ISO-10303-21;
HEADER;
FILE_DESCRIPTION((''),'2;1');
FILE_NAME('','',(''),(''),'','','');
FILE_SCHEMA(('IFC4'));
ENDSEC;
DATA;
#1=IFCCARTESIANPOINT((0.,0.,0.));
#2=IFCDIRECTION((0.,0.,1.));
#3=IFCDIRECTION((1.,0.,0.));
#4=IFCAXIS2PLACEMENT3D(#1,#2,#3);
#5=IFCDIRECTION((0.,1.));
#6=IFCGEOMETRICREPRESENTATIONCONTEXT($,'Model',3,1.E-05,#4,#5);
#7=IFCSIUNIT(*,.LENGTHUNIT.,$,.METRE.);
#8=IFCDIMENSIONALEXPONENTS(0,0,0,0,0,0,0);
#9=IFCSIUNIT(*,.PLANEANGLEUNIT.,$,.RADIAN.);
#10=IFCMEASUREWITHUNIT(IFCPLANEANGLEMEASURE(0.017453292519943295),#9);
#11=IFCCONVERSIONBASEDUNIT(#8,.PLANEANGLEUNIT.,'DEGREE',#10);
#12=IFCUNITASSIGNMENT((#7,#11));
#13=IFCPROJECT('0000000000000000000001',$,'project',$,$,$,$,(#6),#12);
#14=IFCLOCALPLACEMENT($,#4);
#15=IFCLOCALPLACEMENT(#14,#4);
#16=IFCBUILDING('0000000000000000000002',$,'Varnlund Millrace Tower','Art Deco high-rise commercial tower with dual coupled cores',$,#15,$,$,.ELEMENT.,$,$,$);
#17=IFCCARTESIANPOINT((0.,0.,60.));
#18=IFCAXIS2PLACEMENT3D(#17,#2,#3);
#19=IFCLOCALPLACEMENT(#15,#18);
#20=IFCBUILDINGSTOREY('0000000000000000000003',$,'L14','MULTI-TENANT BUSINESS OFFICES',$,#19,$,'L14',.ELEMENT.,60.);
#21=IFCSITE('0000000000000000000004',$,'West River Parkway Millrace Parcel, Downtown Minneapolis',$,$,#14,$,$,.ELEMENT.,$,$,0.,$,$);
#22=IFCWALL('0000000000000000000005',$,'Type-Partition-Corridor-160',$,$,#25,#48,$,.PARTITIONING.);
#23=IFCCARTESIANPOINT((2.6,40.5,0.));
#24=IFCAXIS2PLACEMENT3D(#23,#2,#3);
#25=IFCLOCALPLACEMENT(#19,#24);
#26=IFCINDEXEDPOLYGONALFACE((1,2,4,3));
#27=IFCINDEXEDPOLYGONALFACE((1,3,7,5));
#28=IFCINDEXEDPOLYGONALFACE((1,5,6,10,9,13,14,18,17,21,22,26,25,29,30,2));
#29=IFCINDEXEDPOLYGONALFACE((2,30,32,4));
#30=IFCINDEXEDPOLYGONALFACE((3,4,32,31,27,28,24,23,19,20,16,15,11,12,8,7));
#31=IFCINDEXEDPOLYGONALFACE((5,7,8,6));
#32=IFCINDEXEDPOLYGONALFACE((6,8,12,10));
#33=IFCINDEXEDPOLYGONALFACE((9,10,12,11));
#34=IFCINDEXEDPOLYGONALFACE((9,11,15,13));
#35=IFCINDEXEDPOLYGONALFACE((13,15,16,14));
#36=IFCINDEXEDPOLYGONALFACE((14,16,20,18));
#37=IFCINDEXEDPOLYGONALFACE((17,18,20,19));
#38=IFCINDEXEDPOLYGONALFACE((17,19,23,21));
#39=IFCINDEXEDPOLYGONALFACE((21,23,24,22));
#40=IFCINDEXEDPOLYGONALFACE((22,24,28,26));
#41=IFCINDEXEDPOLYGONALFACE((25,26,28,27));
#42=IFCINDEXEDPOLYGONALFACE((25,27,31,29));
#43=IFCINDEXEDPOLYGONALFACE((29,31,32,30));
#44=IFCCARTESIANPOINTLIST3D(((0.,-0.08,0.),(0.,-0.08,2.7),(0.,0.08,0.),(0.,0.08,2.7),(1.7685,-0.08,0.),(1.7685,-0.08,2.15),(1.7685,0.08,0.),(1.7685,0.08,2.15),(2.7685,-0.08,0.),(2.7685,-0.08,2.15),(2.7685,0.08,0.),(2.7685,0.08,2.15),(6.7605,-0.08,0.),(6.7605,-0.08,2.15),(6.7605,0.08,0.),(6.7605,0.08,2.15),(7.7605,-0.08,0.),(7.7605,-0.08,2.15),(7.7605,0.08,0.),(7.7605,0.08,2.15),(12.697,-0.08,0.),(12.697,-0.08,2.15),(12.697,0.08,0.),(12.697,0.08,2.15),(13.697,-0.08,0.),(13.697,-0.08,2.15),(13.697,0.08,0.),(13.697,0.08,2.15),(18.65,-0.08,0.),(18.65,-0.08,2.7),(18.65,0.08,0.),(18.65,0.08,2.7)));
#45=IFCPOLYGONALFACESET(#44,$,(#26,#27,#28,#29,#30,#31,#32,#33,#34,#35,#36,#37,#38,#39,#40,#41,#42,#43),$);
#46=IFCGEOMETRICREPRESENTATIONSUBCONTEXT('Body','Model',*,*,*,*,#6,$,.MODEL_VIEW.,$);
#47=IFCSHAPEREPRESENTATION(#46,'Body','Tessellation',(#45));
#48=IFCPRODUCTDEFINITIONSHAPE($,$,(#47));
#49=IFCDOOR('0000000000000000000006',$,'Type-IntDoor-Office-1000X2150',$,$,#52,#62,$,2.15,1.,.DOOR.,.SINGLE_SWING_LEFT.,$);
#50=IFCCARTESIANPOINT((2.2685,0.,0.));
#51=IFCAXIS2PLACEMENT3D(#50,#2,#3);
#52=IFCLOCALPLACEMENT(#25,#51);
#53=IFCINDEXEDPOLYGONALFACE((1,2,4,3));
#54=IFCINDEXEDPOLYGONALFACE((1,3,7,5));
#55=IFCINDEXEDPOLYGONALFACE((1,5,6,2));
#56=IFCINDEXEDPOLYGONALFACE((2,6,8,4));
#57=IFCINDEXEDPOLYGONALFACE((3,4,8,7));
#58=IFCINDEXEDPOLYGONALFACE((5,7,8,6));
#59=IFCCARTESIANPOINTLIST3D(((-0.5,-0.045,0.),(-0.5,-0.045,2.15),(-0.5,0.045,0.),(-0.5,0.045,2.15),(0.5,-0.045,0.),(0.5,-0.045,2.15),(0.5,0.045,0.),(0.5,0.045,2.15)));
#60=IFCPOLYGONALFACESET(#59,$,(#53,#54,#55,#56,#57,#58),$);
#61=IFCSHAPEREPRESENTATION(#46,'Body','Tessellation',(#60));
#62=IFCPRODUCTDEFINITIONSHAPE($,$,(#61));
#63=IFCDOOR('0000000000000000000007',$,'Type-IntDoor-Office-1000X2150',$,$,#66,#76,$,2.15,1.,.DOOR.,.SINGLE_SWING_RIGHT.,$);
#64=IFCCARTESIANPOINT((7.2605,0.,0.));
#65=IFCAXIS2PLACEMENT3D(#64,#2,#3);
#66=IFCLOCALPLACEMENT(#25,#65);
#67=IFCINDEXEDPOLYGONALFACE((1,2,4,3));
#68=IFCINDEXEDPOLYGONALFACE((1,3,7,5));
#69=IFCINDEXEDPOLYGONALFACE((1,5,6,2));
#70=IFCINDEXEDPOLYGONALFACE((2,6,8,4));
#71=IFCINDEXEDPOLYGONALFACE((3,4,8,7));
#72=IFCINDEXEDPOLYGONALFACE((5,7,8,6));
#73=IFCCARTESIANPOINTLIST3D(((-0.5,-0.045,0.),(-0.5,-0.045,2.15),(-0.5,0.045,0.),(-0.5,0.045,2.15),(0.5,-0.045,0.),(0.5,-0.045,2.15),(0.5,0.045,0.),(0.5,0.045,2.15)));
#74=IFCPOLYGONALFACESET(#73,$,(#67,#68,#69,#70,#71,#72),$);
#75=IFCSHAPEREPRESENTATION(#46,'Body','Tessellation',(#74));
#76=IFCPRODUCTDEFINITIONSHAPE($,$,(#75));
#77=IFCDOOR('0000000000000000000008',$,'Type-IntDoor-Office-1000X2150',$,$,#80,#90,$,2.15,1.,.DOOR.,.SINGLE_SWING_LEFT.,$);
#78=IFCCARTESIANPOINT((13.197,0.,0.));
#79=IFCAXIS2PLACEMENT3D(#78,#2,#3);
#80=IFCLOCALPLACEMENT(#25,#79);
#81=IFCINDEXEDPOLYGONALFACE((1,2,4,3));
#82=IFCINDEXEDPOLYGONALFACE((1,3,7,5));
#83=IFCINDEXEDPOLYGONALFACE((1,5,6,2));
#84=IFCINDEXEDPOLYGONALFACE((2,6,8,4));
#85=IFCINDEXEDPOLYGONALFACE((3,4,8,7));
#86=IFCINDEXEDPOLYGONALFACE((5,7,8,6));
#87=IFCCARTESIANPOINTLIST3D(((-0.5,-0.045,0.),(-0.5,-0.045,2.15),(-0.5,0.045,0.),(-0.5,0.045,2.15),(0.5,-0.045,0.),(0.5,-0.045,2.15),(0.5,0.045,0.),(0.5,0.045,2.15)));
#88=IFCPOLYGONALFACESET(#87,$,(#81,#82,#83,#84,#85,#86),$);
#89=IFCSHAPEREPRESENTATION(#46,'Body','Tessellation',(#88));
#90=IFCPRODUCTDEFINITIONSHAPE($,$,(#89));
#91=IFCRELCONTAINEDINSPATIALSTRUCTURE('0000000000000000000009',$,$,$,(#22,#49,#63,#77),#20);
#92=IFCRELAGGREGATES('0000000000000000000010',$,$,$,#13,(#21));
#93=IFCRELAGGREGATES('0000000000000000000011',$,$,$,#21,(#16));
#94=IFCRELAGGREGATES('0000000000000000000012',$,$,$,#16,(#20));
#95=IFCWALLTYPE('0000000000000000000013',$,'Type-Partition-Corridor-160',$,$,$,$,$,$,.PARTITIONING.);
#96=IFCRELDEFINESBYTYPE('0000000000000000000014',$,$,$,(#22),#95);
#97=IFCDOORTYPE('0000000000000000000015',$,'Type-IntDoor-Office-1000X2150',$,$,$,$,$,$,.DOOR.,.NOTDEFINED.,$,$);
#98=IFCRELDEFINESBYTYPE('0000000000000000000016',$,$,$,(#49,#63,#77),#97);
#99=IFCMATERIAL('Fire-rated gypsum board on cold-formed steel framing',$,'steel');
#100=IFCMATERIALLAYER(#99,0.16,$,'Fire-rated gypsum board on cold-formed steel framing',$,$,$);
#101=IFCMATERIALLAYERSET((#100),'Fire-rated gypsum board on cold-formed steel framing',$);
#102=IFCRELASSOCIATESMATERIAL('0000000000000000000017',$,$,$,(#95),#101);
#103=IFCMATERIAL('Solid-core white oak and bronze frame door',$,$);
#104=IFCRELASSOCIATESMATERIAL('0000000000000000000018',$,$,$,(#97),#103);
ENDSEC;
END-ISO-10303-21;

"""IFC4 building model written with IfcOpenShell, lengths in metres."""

from ifc_helpers import new_model, entity, si_unit, converted_unit, direction, frame, origin_with_axes, origin_2d_with_axis, place, context, subcontext, project, spatial, polyline, rectangle, outline, extrude, material, layer, layer_set, type_object, element, fill, save


model = new_model("IFC4")

# Units and contexts
model_context = context("Model", 3, precision=1e-05, world=origin_with_axes(), true_north=direction((0.0, 1.0)))
body_context = subcontext(model_context, "Body", "Model", "MODEL_VIEW")
ifc_project = project(units=[si_unit("LENGTHUNIT", "METRE"), converted_unit("PLANEANGLEUNIT", "DEGREE", entity("IfcPlaneAngleMeasure", 0.017453292519943295), si_unit("PLANEANGLEUNIT", "RADIAN"), dimensions=[0, 0, 0, 0, 0, 0, 0])], contexts=[model_context])

# Site, building, storey
site_placement = place(None, origin_with_axes())
site = spatial("IfcSite", under=ifc_project, at=site_placement, Name="West River Parkway Millrace Parcel, Downtown Minneapolis", CompositionType="ELEMENT", RefElevation=0.0)
building_placement = place(site_placement, origin_with_axes())
building = spatial("IfcBuilding", under=site, at=building_placement, Name="Varnlund Millrace Tower", Description="Art Deco high-rise commercial tower with dual coupled cores", CompositionType="ELEMENT")
storey_placement = place(building_placement, frame((0.0, 0.0, 60.0), z_axis=(0.0, 0.0, 1.0), x_axis=(1.0, 0.0, 0.0)))
storey = spatial("IfcBuildingStorey", under=building, at=storey_placement, Name="L14", Description="MULTI-TENANT BUSINESS OFFICES", LongName="L14", CompositionType="ELEMENT", Elevation=60.0)

# Shared definitions
ifc_material_1 = material(Name="Fire-rated gypsum board on cold-formed steel framing", Category="steel")
ifc_layer_1 = layer(ifc_material_1, 0.16, Name="Fire-rated gypsum board on cold-formed steel framing")
ifc_layer_set_1 = layer_set([ifc_layer_1], Name="Fire-rated gypsum board on cold-formed steel framing")
wall_type_1 = type_object("IfcWallType", Name="Type-Partition-Corridor-160", PredefinedType="PARTITIONING", material=ifc_layer_set_1)

# Wall, openings, doors
wall_1_placement = place(storey_placement, frame((2.6, 40.5, 0.0), z_axis=(0.0, 0.0, 1.0), x_axis=(1.0, 0.0, 0.0)))
wall_1 = element("IfcWall", 1, at=wall_1_placement, inside=storey, type_object=wall_type_1, Name="Type-Partition-Corridor-160", PredefinedType="PARTITIONING", context=body_context, shape_type="SweptSolid", body=[
    extrude(outline(polyline([(0.0, -0.08), (18.65, -0.08), (18.65, 0.08), (0.0, 0.08), (0.0, -0.08)])), origin_with_axes(), (0.0, 0.0, 1.0), 2.7),
])
opening_1_placement = place(wall_1_placement, frame((2.2685, 0.0, 0.0), z_axis=(0.0, 0.0, 1.0), x_axis=(1.0, 0.0, 0.0)))
opening_1 = element("IfcOpeningElement", 2, at=opening_1_placement, cuts=wall_1, PredefinedType="OPENING", context=body_context, shape_type="SweptSolid", body=[
    extrude(rectangle(XDim=1.0, YDim=0.18, at=origin_2d_with_axis()), origin_with_axes(), (0.0, 0.0, 1.0), 2.15),
])
opening_2_placement = place(wall_1_placement, frame((7.2605, 0.0, 0.0), z_axis=(0.0, 0.0, 1.0), x_axis=(1.0, 0.0, 0.0)))
opening_2 = element("IfcOpeningElement", 3, at=opening_2_placement, cuts=wall_1, PredefinedType="OPENING", context=body_context, shape_type="SweptSolid", body=[
    extrude(rectangle(XDim=1.0, YDim=0.18, at=origin_2d_with_axis()), origin_with_axes(), (0.0, 0.0, 1.0), 2.15),
])
opening_3_placement = place(wall_1_placement, frame((13.197, 0.0, 0.0), z_axis=(0.0, 0.0, 1.0), x_axis=(1.0, 0.0, 0.0)))
opening_3 = element("IfcOpeningElement", 4, at=opening_3_placement, cuts=wall_1, PredefinedType="OPENING", context=body_context, shape_type="SweptSolid", body=[
    extrude(rectangle(XDim=1.0, YDim=0.18, at=origin_2d_with_axis()), origin_with_axes(), (0.0, 0.0, 1.0), 2.15),
])
ifc_material_2 = material(Name="Solid-core white oak and bronze frame door")
door_type_1 = type_object("IfcDoorType", Name="Type-IntDoor-Office-1000X2150", OperationType="NOTDEFINED", PredefinedType="DOOR", material=ifc_material_2)
door_1_placement = place(wall_1_placement, frame((2.2685, 0.0, 0.0), z_axis=(0.0, 0.0, 1.0), x_axis=(1.0, 0.0, 0.0)))
door_1 = element("IfcDoor", 5, at=door_1_placement, inside=storey, type_object=door_type_1, Name="Type-IntDoor-Office-1000X2150", OperationType="SINGLE_SWING_LEFT", OverallHeight=2.15, OverallWidth=1.0, PredefinedType="DOOR", context=body_context, shape_type="SweptSolid", body=[
    extrude(rectangle(XDim=1.0, YDim=0.09, at=origin_2d_with_axis()), origin_with_axes(), (0.0, 0.0, 1.0), 2.15),
])
fill(opening_1, door_1)
door_2_placement = place(wall_1_placement, frame((7.2605, 0.0, 0.0), z_axis=(0.0, 0.0, 1.0), x_axis=(1.0, 0.0, 0.0)))
door_2 = element("IfcDoor", 6, at=door_2_placement, inside=storey, type_object=door_type_1, Name="Type-IntDoor-Office-1000X2150", OperationType="SINGLE_SWING_RIGHT", OverallHeight=2.15, OverallWidth=1.0, PredefinedType="DOOR", context=body_context, shape_type="SweptSolid", body=[
    extrude(rectangle(XDim=1.0, YDim=0.09, at=origin_2d_with_axis()), origin_with_axes(), (0.0, 0.0, 1.0), 2.15),
])
fill(opening_2, door_2)
door_3_placement = place(wall_1_placement, frame((13.197, 0.0, 0.0), z_axis=(0.0, 0.0, 1.0), x_axis=(1.0, 0.0, 0.0)))
door_3 = element("IfcDoor", 7, at=door_3_placement, inside=storey, type_object=door_type_1, Name="Type-IntDoor-Office-1000X2150", OperationType="SINGLE_SWING_LEFT", OverallHeight=2.15, OverallWidth=1.0, PredefinedType="DOOR", context=body_context, shape_type="SweptSolid", body=[
    extrude(rectangle(XDim=1.0, YDim=0.09, at=origin_2d_with_axis()), origin_with_axes(), (0.0, 0.0, 1.0), 2.15),
])
fill(opening_3, door_3)

save(model, "model.ifc")
